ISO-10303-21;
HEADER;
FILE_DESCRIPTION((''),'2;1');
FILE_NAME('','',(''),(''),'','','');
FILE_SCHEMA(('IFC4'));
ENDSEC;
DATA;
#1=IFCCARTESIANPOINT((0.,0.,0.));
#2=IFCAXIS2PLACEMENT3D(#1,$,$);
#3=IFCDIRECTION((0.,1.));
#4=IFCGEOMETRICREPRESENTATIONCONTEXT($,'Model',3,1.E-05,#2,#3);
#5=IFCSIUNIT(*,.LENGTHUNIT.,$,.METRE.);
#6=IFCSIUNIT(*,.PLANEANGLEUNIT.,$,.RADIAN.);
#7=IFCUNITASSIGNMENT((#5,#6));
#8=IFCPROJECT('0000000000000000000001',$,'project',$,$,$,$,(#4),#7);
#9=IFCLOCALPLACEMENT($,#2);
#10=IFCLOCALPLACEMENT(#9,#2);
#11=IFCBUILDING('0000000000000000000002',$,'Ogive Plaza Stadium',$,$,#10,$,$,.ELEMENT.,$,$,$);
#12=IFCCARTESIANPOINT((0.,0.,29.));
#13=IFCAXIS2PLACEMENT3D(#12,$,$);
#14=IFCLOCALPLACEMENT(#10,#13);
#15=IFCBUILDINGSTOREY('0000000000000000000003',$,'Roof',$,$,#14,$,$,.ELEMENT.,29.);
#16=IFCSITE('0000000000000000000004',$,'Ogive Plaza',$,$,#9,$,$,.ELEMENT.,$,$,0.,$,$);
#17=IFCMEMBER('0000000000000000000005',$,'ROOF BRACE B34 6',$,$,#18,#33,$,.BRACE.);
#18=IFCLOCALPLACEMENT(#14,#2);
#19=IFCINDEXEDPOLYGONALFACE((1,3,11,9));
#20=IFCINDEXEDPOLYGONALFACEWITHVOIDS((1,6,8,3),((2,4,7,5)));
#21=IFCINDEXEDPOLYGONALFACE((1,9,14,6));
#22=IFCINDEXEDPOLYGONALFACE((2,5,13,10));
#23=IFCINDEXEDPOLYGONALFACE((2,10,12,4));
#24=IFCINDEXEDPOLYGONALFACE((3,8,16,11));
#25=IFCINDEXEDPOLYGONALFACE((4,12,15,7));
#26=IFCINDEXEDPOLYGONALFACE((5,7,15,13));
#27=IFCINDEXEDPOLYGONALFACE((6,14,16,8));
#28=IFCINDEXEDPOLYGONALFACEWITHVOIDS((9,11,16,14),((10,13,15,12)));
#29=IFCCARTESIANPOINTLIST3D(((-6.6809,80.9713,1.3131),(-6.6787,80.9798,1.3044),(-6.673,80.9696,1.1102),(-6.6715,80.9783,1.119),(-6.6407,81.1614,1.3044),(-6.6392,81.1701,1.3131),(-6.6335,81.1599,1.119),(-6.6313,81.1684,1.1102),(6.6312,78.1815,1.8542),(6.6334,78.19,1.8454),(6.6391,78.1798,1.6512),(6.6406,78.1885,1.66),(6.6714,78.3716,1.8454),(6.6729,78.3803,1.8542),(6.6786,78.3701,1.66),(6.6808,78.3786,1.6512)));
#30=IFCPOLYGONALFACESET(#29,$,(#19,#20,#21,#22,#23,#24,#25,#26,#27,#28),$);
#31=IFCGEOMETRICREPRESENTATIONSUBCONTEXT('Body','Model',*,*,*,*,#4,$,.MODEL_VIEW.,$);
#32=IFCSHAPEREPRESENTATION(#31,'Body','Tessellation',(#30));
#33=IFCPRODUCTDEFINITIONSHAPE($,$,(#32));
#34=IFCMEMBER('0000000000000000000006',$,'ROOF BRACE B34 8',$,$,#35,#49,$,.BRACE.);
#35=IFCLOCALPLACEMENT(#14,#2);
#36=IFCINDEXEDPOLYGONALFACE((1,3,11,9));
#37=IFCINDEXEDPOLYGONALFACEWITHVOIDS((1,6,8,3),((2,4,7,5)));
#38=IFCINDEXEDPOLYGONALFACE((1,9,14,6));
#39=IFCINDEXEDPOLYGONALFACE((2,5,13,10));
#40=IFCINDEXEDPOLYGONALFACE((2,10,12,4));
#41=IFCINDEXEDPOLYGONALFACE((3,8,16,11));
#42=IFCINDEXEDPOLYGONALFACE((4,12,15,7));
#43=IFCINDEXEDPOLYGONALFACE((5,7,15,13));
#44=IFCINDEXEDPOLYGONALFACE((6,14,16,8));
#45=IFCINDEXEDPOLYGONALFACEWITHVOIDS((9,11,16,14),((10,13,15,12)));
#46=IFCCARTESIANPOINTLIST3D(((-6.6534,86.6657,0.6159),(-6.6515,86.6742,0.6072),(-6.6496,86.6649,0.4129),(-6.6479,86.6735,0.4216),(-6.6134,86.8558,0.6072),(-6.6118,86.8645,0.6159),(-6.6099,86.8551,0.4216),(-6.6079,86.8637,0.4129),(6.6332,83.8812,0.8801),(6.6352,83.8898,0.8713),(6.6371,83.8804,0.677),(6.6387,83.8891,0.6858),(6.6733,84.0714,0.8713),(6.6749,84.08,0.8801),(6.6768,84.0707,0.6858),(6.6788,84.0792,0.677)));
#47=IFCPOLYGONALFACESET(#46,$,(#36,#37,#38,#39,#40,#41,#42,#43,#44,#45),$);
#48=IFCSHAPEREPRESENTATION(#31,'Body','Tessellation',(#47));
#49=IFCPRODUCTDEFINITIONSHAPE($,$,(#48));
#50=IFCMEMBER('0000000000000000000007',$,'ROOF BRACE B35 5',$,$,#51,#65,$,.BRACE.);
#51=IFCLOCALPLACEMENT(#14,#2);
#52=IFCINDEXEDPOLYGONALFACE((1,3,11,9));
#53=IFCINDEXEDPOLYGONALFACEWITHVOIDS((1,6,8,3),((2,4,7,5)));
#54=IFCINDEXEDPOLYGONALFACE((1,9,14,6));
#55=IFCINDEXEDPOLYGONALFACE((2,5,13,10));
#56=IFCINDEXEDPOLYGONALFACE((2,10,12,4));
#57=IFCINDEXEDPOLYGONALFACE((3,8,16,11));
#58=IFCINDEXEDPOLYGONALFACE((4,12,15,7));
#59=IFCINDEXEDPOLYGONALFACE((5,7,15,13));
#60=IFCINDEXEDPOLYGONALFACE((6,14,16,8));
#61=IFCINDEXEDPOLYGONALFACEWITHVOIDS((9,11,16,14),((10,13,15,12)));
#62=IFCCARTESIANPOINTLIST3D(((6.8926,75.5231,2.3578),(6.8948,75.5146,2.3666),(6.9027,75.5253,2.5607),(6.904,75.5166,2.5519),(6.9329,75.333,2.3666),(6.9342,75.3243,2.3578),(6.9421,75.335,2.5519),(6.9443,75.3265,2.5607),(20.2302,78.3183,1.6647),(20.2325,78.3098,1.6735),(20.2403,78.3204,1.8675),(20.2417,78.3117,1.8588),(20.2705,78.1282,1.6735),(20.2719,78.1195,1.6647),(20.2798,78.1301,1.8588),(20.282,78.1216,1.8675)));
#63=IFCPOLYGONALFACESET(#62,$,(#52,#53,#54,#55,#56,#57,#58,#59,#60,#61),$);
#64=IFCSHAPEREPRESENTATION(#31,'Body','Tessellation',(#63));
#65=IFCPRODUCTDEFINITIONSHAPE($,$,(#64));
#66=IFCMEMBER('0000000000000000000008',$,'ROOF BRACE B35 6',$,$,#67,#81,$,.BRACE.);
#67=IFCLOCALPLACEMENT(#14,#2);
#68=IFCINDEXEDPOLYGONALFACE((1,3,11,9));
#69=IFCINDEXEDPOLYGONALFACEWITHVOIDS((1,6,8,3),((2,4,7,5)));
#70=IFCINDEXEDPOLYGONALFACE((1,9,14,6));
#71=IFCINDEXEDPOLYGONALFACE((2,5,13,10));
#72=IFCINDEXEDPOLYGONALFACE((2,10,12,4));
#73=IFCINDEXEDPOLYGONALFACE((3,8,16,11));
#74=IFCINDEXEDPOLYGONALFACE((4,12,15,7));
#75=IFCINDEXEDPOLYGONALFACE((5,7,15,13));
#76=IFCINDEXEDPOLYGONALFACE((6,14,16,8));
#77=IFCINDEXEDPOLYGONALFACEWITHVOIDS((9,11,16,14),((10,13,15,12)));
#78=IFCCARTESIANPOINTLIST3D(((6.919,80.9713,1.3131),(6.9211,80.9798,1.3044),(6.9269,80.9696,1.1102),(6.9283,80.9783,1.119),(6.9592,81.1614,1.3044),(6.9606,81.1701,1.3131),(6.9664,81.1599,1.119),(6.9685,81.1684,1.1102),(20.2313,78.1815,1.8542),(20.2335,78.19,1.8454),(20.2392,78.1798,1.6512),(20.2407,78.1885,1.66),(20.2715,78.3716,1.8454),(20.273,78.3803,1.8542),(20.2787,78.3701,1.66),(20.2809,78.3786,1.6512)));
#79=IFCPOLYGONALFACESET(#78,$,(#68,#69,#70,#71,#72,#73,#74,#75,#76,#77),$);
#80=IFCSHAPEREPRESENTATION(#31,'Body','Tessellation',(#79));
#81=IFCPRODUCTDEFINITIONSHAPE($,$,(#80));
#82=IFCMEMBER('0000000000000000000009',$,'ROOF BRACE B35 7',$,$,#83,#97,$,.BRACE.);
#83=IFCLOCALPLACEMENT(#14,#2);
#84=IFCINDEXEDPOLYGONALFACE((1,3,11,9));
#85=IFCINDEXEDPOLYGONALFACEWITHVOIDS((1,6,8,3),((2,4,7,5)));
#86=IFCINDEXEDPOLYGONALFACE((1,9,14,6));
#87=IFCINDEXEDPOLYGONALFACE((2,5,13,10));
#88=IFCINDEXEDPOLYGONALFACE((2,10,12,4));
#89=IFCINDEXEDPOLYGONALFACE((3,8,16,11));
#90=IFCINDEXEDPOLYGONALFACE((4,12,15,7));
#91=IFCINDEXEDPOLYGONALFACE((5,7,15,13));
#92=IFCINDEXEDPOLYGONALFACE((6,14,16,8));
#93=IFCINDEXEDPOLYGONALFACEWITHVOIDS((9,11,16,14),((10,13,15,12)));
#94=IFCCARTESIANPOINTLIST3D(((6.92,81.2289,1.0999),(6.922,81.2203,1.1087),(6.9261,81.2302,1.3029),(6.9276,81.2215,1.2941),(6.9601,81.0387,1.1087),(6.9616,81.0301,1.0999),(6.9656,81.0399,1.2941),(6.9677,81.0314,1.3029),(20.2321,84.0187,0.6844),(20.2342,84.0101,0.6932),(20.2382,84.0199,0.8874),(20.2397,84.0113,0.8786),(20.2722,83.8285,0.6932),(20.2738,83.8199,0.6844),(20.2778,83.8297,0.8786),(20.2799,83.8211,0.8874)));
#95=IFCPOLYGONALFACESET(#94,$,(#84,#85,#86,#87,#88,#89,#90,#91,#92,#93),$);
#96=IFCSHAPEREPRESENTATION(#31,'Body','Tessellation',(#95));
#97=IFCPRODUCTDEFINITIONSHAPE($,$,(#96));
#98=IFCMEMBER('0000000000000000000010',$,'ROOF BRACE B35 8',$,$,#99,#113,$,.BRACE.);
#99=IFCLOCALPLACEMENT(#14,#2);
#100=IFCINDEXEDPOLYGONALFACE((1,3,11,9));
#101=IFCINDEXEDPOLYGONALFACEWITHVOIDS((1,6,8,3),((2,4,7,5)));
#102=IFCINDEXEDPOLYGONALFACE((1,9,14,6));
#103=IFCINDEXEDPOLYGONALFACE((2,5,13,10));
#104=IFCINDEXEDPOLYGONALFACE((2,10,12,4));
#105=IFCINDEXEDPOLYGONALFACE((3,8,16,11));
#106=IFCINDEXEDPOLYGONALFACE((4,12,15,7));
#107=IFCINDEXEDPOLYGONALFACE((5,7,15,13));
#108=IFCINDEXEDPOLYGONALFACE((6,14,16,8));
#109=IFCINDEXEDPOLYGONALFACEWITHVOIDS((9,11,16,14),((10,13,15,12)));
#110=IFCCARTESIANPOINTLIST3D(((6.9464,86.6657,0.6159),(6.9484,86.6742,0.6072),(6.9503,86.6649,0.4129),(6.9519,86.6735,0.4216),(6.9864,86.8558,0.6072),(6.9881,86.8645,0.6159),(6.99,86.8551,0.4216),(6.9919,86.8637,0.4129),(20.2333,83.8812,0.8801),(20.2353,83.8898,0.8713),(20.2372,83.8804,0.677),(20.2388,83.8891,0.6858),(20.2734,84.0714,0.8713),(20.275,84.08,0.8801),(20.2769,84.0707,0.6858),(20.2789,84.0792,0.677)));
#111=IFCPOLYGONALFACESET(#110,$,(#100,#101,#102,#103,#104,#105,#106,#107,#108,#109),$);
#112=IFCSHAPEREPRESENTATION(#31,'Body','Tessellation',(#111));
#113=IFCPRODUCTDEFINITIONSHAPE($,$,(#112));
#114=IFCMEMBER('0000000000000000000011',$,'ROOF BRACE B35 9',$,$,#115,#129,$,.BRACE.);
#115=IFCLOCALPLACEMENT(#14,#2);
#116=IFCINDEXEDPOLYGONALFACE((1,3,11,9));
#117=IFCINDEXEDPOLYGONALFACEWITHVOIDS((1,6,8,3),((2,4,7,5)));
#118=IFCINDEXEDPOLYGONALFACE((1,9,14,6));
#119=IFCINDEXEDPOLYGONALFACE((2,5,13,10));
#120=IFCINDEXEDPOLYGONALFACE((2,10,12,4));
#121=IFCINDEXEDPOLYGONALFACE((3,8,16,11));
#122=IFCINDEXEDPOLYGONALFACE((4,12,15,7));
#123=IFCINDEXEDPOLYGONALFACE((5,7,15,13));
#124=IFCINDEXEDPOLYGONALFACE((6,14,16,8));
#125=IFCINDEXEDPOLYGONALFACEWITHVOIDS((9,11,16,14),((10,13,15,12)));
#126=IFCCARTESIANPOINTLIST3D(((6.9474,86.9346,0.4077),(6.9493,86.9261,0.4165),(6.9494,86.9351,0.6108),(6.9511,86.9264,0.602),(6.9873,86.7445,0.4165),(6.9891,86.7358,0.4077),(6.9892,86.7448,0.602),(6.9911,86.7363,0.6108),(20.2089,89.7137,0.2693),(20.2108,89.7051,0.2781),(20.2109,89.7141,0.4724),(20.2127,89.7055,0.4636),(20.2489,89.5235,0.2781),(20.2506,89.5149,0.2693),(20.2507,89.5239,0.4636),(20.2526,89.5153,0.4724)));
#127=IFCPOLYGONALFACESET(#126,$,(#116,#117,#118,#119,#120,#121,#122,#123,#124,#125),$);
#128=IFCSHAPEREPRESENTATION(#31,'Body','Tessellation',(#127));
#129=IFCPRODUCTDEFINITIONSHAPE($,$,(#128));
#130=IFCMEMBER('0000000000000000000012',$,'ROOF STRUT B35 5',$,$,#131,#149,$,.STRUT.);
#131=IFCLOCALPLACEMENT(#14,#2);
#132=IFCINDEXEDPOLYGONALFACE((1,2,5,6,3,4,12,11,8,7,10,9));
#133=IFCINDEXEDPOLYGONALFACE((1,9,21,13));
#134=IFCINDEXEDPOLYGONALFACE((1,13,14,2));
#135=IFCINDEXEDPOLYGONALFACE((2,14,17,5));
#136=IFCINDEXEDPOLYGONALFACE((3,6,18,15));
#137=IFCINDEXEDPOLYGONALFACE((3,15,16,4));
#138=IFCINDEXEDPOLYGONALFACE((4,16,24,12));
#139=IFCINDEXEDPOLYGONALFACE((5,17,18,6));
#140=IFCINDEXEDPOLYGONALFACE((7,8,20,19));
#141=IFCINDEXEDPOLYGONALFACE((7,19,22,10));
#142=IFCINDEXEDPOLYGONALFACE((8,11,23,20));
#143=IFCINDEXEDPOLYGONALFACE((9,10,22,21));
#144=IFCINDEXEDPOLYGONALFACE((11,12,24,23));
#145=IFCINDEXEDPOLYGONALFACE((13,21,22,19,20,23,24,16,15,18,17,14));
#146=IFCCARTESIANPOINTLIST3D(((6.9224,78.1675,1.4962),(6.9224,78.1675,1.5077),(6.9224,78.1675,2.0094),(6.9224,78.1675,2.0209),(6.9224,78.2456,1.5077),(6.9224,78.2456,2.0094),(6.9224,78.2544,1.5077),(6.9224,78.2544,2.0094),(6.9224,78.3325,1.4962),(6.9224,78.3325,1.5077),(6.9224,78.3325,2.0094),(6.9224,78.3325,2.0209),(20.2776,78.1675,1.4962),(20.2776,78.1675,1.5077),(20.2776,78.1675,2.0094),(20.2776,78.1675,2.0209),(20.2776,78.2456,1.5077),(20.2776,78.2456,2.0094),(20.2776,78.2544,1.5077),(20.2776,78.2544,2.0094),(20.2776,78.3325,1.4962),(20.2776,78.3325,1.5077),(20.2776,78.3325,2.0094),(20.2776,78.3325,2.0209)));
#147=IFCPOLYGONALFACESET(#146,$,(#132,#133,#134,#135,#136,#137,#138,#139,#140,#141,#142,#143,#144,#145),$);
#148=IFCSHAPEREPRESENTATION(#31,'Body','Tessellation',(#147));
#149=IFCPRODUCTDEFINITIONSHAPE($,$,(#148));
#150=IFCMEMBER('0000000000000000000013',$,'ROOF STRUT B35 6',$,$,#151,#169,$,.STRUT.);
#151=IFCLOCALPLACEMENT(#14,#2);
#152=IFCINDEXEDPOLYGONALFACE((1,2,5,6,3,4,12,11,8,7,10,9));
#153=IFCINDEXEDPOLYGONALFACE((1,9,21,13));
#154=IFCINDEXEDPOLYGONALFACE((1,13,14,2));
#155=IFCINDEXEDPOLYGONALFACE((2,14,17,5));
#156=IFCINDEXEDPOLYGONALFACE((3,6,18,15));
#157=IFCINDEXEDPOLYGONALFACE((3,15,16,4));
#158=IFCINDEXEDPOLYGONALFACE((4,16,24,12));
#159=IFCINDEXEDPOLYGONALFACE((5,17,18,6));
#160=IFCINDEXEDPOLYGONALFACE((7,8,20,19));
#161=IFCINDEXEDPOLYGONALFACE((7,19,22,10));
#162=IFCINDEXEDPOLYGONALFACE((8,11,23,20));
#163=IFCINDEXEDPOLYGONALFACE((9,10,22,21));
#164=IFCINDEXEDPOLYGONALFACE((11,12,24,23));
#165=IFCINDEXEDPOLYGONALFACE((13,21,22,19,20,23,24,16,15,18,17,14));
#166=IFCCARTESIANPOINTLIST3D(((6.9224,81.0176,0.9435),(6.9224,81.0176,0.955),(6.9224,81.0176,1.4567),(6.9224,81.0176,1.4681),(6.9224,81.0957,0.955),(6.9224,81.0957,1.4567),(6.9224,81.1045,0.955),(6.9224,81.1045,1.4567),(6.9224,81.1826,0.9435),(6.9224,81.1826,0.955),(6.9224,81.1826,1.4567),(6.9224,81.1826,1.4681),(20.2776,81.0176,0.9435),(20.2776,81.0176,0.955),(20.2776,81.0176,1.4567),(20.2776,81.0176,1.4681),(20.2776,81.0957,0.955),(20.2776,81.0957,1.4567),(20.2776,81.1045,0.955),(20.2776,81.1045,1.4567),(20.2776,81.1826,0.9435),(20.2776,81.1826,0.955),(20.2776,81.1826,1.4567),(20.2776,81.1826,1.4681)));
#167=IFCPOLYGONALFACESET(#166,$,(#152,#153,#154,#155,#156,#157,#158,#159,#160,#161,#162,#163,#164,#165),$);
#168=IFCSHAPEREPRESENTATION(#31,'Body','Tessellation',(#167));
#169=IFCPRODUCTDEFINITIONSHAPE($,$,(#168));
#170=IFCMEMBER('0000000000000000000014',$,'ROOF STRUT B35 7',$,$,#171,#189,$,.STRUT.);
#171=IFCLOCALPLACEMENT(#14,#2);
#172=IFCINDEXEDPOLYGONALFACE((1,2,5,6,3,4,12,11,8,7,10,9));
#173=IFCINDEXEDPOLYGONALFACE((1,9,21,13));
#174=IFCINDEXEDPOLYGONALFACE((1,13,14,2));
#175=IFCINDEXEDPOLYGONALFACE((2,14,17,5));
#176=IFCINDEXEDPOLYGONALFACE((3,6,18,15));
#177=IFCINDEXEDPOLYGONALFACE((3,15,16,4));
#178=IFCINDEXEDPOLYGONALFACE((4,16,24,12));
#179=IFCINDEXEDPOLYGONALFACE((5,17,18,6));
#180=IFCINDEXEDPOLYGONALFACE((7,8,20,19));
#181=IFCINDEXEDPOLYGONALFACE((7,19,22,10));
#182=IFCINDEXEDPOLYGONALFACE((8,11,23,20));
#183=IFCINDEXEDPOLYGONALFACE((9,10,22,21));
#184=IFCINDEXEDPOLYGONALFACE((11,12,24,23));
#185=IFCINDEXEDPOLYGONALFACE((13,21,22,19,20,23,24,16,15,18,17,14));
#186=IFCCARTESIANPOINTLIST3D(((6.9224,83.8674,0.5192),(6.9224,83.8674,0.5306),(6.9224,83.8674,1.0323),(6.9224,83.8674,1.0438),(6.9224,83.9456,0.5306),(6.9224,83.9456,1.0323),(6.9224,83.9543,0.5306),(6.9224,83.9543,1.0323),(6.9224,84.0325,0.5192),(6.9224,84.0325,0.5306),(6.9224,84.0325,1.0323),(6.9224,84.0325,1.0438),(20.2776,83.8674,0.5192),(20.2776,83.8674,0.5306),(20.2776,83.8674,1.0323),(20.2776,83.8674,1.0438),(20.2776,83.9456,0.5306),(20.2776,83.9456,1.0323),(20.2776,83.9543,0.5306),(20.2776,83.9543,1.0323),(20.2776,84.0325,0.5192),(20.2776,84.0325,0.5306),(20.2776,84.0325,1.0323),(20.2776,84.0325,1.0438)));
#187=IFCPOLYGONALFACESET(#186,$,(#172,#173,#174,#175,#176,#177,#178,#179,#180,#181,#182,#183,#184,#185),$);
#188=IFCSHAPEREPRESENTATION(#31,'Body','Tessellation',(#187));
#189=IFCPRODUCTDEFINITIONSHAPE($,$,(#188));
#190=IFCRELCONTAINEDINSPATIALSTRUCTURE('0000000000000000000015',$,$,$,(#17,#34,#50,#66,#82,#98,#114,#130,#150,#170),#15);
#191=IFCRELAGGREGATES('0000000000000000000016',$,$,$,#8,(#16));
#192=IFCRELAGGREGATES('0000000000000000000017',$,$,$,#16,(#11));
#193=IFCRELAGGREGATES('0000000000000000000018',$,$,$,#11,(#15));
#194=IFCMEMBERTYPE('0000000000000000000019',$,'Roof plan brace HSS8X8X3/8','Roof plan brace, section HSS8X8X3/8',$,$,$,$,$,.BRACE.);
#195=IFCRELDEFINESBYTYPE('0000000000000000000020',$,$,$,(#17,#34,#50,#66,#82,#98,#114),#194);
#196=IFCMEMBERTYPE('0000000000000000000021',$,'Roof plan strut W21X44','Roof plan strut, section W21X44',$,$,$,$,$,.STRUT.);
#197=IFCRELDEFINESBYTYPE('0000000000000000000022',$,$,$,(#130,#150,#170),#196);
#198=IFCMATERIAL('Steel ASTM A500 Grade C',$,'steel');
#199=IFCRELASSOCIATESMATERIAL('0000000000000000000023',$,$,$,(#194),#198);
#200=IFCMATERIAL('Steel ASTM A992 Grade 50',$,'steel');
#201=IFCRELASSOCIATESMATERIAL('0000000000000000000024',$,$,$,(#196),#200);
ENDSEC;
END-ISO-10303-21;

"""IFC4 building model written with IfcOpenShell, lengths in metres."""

from ifc_helpers import new_model, si_unit, direction, frame, origin, origin_2d, place, context, subcontext, project, spatial, hollow_rectangle, i_section, extrude, material, material_profile, profile_set, type_object, element, save


model = new_model("IFC4")

# Units and contexts
model_context = context("Model", 3, precision=1e-05, world=origin(), true_north=direction((0.0, 1.0)))
body_context = subcontext(model_context, "Body", "Model", "MODEL_VIEW")
ifc_project = project(units=[si_unit("LENGTHUNIT", "METRE"), si_unit("PLANEANGLEUNIT", "RADIAN")], contexts=[model_context])

# Site, building, storey
site_placement = place(None, origin())
site = spatial("IfcSite", under=ifc_project, at=site_placement, Name="Ogive Plaza", CompositionType="ELEMENT", RefElevation=0.0)
building_placement = place(site_placement, origin())
building = spatial("IfcBuilding", under=site, at=building_placement, Name="Ogive Plaza Stadium", CompositionType="ELEMENT")
storey_placement = place(building_placement, frame((0.0, 0.0, 29.0)))
storey = spatial("IfcBuildingStorey", under=building, at=storey_placement, Name="Roof", CompositionType="ELEMENT", Elevation=29.0)

# Members
ifc_material_1 = material(Name="Steel ASTM A500 Grade C", Category="steel")
ifc_material_profile_1 = material_profile(ifc_material_1, hollow_rectangle(XDim=0.2031, YDim=0.2031, WallThickness=0.0088, at=origin_2d()), Name="HSS8X8X3/8")
ifc_profile_set_1 = profile_set([ifc_material_profile_1], Name="Steel ASTM A500 Grade C")
member_type_1 = type_object("IfcMemberType", Name="Roof plan brace HSS8X8X3/8", Description="Roof plan brace, section HSS8X8X3/8", PredefinedType="BRACE", material=ifc_profile_set_1)
member_1_placement = place(storey_placement, frame((6.656, 78.28, 1.7527), z_axis=(-0.977965, 0.204952, -0.039746), x_axis=(-0.205114, -0.978738, 0.0)))
element("IfcMember", 1, at=member_1_placement, inside=storey, type_object=member_type_1, Name="ROOF BRACE B34 6", PredefinedType="BRACE", context=body_context, shape_type="SweptSolid", body=[
    extrude(hollow_rectangle(XDim=0.2031, YDim=0.2031, WallThickness=0.0088, at=origin_2d()), origin(), (0.0, 0.0, 1.0), 13.6121),
])
member_2_placement = place(storey_placement, frame((6.656, 83.9802, 0.7786), z_axis=(-0.978554, 0.205072, -0.019455), x_axis=(-0.20511, -0.978739, 0.0)))
element("IfcMember", 2, at=member_2_placement, inside=storey, type_object=member_type_1, Name="ROOF BRACE B34 8", PredefinedType="BRACE", context=body_context, shape_type="SweptSolid", body=[
    extrude(hollow_rectangle(XDim=0.2031, YDim=0.2031, WallThickness=0.0088, at=origin_2d()), origin(), (0.0, 0.0, 1.0), 13.5779),
])
member_3_placement = place(storey_placement, frame((6.9185, 75.4248, 2.4592), z_axis=(0.977475, 0.204849, -0.050796), x_axis=(-0.205114, 0.978738, 0.0)))
element("IfcMember", 3, at=member_3_placement, inside=storey, type_object=member_type_1, Name="ROOF BRACE B35 5", PredefinedType="BRACE", context=body_context, shape_type="SweptSolid", body=[
    extrude(hollow_rectangle(XDim=0.2031, YDim=0.2031, WallThickness=0.0088, at=origin_2d()), origin(), (0.0, 0.0, 1.0), 13.645),
])
member_4_placement = place(storey_placement, frame((20.2561, 78.28, 1.7527), z_axis=(-0.977966, 0.204948, -0.039745), x_axis=(-0.20511, -0.978739, 0.0)))
element("IfcMember", 4, at=member_4_placement, inside=storey, type_object=member_type_1, Name="ROOF BRACE B35 6", PredefinedType="BRACE", context=body_context, shape_type="SweptSolid", body=[
    extrude(hollow_rectangle(XDim=0.2031, YDim=0.2031, WallThickness=0.0088, at=origin_2d()), origin(), (0.0, 0.0, 1.0), 13.6123),
])
member_5_placement = place(storey_placement, frame((6.9438, 81.1301, 1.2014), z_axis=(0.978282, 0.205015, -0.030536), x_axis=(-0.20511, 0.978739, 0.0)))
element("IfcMember", 5, at=member_5_placement, inside=storey, type_object=member_type_1, Name="ROOF BRACE B35 7", PredefinedType="BRACE", context=body_context, shape_type="SweptSolid", body=[
    extrude(hollow_rectangle(XDim=0.2031, YDim=0.2031, WallThickness=0.0088, at=origin_2d()), origin(), (0.0, 0.0, 1.0), 13.6077),
])
member_6_placement = place(storey_placement, frame((20.2561, 83.9802, 0.7786), z_axis=(-0.978554, 0.205068, -0.019455), x_axis=(-0.205107, -0.97874, 0.0)))
element("IfcMember", 6, at=member_6_placement, inside=storey, type_object=member_type_1, Name="ROOF BRACE B35 8", PredefinedType="BRACE", context=body_context, shape_type="SweptSolid", body=[
    extrude(hollow_rectangle(XDim=0.2031, YDim=0.2031, WallThickness=0.0088, at=origin_2d()), origin(), (0.0, 0.0, 1.0), 13.5781),
])
member_7_placement = place(storey_placement, frame((6.9692, 86.8354, 0.5093), z_axis=(0.978689, 0.205093, -0.010216), x_axis=(-0.205103, 0.97874, 0.0)))
element("IfcMember", 7, at=member_7_placement, inside=storey, type_object=member_type_1, Name="ROOF BRACE B35 9", PredefinedType="BRACE", context=body_context, shape_type="SweptSolid", body=[
    extrude(hollow_rectangle(XDim=0.2031, YDim=0.2031, WallThickness=0.0088, at=origin_2d()), origin(), (0.0, 0.0, 1.0), 13.5503),
])
ifc_material_2 = material(Name="Steel ASTM A992 Grade 50", Category="steel")
ifc_material_profile_2 = material_profile(ifc_material_2, i_section(OverallWidth=0.165, OverallDepth=0.5247, WebThickness=0.0088, FlangeThickness=0.0115, at=origin_2d()), Name="W21X44")
ifc_profile_set_2 = profile_set([ifc_material_profile_2], Name="Steel ASTM A992 Grade 50")
member_type_2 = type_object("IfcMemberType", Name="Roof plan strut W21X44", Description="Roof plan strut, section W21X44", PredefinedType="STRUT", material=ifc_profile_set_2)
for number, where, z_axis, x_axis, name in (
    (8, (6.9224, 78.25, 1.7585), (1.0, 0.0, 0.0), (0.0, 1.0, 0.0), "ROOF STRUT B35 5"),
    (9, (6.9224, 81.1001, 1.2058), (1.0, 0.0, 0.0), (0.0, 1.0, 0.0), "ROOF STRUT B35 6"),
    (10, (6.9224, 83.95, 0.7815), (1.0, 0.0, 0.0), (0.0, 1.0, 0.0), "ROOF STRUT B35 7"),
):
    element("IfcMember", number, at=place(storey_placement, frame(where, z_axis=z_axis, x_axis=x_axis)), inside=storey, type_object=member_type_2, Name=name, PredefinedType="STRUT", context=body_context, shape_type="SweptSolid", body=[
        extrude(i_section(OverallWidth=0.165, OverallDepth=0.5247, WebThickness=0.0088, FlangeThickness=0.0115, at=origin_2d()), origin(), (0.0, 0.0, 1.0), 13.3552),
    ])

save(model, "model.ifc")
